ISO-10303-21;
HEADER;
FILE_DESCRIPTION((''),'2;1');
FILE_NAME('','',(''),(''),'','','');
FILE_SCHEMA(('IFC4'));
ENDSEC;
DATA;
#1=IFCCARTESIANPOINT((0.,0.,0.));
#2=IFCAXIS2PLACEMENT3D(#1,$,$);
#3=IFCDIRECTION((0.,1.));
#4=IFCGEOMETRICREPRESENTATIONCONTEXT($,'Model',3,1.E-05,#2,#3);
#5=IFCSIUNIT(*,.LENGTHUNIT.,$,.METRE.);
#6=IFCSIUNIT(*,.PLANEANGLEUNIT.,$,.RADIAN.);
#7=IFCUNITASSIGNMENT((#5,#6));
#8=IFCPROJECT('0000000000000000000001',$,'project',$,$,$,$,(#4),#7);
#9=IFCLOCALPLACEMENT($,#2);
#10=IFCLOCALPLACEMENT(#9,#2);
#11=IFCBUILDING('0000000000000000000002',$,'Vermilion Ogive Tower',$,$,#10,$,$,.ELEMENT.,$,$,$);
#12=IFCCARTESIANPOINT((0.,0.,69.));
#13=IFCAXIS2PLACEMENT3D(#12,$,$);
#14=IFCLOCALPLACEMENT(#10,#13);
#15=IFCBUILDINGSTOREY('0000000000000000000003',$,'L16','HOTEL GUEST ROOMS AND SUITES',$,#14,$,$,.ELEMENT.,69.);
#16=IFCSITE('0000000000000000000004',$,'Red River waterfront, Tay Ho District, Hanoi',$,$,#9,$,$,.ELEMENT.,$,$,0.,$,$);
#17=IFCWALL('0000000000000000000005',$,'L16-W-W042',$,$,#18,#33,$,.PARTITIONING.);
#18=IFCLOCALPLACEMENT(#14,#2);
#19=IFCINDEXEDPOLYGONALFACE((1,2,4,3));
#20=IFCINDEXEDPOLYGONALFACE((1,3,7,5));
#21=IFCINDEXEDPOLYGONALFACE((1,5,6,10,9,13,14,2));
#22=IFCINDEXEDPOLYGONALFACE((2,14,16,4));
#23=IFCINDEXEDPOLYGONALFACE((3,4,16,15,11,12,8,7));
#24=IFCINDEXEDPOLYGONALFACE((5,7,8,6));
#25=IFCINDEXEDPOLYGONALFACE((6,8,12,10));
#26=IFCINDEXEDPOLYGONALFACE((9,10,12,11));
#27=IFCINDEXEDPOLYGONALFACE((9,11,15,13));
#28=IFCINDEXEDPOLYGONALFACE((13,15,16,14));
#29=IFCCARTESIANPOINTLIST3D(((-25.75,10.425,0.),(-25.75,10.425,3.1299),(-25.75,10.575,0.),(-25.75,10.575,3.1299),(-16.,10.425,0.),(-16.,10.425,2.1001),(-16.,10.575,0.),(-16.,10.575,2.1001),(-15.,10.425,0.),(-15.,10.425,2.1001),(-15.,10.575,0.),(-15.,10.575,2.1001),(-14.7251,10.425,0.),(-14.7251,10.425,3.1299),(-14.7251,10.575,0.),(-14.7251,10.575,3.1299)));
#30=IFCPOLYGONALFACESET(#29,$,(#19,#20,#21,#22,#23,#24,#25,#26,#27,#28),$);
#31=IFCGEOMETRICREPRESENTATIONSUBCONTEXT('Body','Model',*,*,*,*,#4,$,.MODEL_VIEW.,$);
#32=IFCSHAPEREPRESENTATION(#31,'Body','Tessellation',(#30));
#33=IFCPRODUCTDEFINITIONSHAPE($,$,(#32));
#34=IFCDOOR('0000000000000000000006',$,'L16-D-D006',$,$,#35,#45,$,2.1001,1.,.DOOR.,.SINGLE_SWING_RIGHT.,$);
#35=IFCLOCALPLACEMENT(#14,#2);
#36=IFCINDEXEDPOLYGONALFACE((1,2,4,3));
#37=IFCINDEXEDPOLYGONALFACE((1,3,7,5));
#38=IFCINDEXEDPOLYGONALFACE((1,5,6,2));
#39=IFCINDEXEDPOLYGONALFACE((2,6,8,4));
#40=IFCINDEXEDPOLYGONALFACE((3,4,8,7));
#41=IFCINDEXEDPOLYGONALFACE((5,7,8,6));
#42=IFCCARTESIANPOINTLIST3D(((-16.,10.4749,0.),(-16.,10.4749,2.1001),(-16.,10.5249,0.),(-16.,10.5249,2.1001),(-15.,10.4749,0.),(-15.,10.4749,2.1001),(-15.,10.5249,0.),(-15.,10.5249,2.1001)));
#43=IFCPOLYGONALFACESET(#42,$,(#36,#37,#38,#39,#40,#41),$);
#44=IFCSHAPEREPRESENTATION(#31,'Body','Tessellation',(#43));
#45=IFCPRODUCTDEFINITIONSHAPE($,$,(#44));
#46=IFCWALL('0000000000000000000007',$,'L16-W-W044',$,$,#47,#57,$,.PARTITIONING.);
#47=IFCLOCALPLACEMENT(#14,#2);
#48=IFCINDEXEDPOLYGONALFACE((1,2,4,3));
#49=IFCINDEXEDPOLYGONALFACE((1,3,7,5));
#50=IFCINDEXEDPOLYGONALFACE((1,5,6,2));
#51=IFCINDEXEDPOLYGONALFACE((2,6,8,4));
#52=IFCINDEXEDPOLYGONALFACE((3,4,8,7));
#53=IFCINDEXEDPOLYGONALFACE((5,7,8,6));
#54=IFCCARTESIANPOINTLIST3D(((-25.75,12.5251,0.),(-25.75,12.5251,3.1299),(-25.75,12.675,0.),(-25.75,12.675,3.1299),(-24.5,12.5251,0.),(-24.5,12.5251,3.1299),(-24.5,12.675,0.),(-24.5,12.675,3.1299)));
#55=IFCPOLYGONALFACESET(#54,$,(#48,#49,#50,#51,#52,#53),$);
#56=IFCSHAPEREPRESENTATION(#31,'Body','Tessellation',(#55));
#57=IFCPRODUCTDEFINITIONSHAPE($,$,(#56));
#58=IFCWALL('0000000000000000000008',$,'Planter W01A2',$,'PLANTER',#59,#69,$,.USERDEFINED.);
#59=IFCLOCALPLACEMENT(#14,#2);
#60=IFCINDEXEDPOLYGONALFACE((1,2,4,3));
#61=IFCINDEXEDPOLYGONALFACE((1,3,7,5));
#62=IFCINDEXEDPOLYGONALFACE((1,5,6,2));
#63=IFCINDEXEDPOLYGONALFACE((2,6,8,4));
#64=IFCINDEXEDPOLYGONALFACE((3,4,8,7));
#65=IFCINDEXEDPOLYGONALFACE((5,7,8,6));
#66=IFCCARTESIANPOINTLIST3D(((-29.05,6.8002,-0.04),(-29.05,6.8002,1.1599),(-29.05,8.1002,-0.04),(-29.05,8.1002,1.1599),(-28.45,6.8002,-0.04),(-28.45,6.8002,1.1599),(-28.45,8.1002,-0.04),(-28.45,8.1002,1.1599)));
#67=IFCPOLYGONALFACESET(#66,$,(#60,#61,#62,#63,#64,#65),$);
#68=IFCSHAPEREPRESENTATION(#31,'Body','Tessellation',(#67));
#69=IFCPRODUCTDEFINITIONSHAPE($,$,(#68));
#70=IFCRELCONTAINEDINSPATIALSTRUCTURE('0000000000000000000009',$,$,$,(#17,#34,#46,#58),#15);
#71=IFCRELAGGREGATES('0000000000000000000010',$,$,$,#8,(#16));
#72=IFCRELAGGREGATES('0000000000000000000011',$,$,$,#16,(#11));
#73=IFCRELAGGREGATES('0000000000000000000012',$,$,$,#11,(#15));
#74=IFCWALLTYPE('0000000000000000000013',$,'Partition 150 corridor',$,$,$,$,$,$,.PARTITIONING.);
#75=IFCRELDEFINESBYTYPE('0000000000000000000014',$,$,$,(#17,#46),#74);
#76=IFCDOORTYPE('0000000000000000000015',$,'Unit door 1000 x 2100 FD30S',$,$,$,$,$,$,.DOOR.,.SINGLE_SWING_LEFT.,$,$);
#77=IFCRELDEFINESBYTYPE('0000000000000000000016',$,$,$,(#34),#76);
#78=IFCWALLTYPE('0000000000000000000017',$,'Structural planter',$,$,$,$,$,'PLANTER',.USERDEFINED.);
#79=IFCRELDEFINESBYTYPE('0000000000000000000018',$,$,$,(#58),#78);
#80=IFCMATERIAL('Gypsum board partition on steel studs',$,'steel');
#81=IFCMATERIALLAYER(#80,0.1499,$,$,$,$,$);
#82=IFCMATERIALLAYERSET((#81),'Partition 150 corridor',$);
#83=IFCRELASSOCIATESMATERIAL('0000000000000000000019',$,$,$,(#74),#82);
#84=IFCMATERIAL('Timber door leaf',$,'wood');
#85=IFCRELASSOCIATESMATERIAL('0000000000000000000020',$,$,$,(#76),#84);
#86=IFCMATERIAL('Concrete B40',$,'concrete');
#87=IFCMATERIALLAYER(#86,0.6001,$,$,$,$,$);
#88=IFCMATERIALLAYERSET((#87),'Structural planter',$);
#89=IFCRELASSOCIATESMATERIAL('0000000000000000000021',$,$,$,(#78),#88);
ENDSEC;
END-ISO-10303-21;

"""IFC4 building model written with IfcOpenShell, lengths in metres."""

from ifc_helpers import new_model, si_unit, direction, frame, frame_2d, origin, place, context, subcontext, project, spatial, rectangle, extrude, material, layer, layer_set, type_object, element, fill, save


model = new_model("IFC4")

# Units and contexts
model_context = context("Model", 3, precision=1e-05, world=origin(), true_north=direction((0.0, 1.0)))
body_context = subcontext(model_context, "Body", "Model", "MODEL_VIEW")
ifc_project = project(units=[si_unit("LENGTHUNIT", "METRE"), si_unit("PLANEANGLEUNIT", "RADIAN")], contexts=[model_context])

# Site, building, storey
site_placement = place(None, origin())
site = spatial("IfcSite", under=ifc_project, at=site_placement, Name="Red River waterfront, Tay Ho District, Hanoi", CompositionType="ELEMENT", RefElevation=0.0)
building_placement = place(site_placement, origin())
building = spatial("IfcBuilding", under=site, at=building_placement, Name="Vermilion Ogive Tower", CompositionType="ELEMENT")
storey_placement = place(building_placement, frame((0.0, 0.0, 69.0)))
storey = spatial("IfcBuildingStorey", under=building, at=storey_placement, Name="L16", Description="HOTEL GUEST ROOMS AND SUITES", CompositionType="ELEMENT", Elevation=69.0)

# Wall, opening, door
ifc_material_1 = material(Name="Gypsum board partition on steel studs", Category="steel")
ifc_layer_1 = layer(ifc_material_1, 0.1499)
ifc_layer_set_1 = layer_set([ifc_layer_1], Name="Partition 150 corridor")
wall_type_1 = type_object("IfcWallType", Name="Partition 150 corridor", PredefinedType="PARTITIONING", material=ifc_layer_set_1)
wall_1_placement = place(storey_placement, frame((-25.75, 10.5, 0.0), z_axis=(0.0, 0.0, 1.0), x_axis=(1.0, 0.0, 0.0)))
wall_1 = element("IfcWall", 1, at=wall_1_placement, inside=storey, type_object=wall_type_1, Name="L16-W-W042", PredefinedType="PARTITIONING", context=body_context, shape_type="SweptSolid", body=[
    extrude(rectangle(XDim=11.0249, YDim=0.1499, at=frame_2d((5.5125, 0.0))), origin(), (0.0, 0.0, 1.0), 3.1299),
])
opening_1_placement = place(wall_1_placement, frame((9.75, 0.0, 0.0)))
opening_1 = element("IfcOpeningElement", 2, at=opening_1_placement, cuts=wall_1, PredefinedType="OPENING", context=body_context, shape_type="SweptSolid", body=[
    extrude(rectangle(XDim=1.0, YDim=2.1001, at=frame_2d((0.5, 1.05))), frame((0.0, 0.085, 0.0), z_axis=(0.0, -1.0, 0.0), x_axis=(1.0, 0.0, 0.0)), (0.0, 0.0, 1.0), 0.1699),
])
ifc_material_2 = material(Name="Timber door leaf", Category="wood")
door_type_1 = type_object("IfcDoorType", Name="Unit door 1000 x 2100 FD30S", OperationType="SINGLE_SWING_LEFT", PredefinedType="DOOR", material=ifc_material_2)
door_1_placement = place(opening_1_placement, origin())
door_1 = element("IfcDoor", 3, at=door_1_placement, inside=storey, type_object=door_type_1, Name="L16-D-D006", OperationType="SINGLE_SWING_RIGHT", OverallHeight=2.1001, OverallWidth=1.0, PredefinedType="DOOR", context=body_context, shape_type="SweptSolid", body=[
    extrude(rectangle(XDim=1.0, YDim=2.1001, at=frame_2d((0.5, 1.05))), frame((0.0, 0.0249, 0.0), z_axis=(0.0, -1.0, 0.0), x_axis=(1.0, 0.0, 0.0)), (0.0, 0.0, 1.0), 0.05),
])
fill(opening_1, door_1)

# Walls
wall_2_placement = place(storey_placement, frame((-25.75, 12.6001, 0.0), z_axis=(0.0, 0.0, 1.0), x_axis=(1.0, 0.0, 0.0)))
element("IfcWall", 4, at=wall_2_placement, inside=storey, type_object=wall_type_1, Name="L16-W-W044", PredefinedType="PARTITIONING", context=body_context, shape_type="SweptSolid", body=[
    extrude(rectangle(XDim=1.25, YDim=0.1499, at=frame_2d((0.625, 0.0))), origin(), (0.0, 0.0, 1.0), 3.1299),
])
ifc_material_3 = material(Name="Concrete B40", Category="concrete")
ifc_layer_2 = layer(ifc_material_3, 0.6001)
ifc_layer_set_2 = layer_set([ifc_layer_2], Name="Structural planter")
wall_type_2 = type_object("IfcWallType", Name="Structural planter", ElementType="PLANTER", PredefinedType="USERDEFINED", material=ifc_layer_set_2)
wall_3_placement = place(storey_placement, frame((-28.75, 8.1001, -0.04), z_axis=(0.0, 0.0, 1.0), x_axis=(0.0, -1.0, 0.0)))
element("IfcWall", 5, at=wall_3_placement, inside=storey, type_object=wall_type_2, Name="Planter W01A2", ObjectType="PLANTER", PredefinedType="USERDEFINED", context=body_context, shape_type="SweptSolid", body=[
    extrude(rectangle(XDim=1.3, YDim=0.6001, at=frame_2d((0.6499, 0.0))), origin(), (0.0, 0.0, 1.0), 1.2),
])

save(model, "model.ifc")
